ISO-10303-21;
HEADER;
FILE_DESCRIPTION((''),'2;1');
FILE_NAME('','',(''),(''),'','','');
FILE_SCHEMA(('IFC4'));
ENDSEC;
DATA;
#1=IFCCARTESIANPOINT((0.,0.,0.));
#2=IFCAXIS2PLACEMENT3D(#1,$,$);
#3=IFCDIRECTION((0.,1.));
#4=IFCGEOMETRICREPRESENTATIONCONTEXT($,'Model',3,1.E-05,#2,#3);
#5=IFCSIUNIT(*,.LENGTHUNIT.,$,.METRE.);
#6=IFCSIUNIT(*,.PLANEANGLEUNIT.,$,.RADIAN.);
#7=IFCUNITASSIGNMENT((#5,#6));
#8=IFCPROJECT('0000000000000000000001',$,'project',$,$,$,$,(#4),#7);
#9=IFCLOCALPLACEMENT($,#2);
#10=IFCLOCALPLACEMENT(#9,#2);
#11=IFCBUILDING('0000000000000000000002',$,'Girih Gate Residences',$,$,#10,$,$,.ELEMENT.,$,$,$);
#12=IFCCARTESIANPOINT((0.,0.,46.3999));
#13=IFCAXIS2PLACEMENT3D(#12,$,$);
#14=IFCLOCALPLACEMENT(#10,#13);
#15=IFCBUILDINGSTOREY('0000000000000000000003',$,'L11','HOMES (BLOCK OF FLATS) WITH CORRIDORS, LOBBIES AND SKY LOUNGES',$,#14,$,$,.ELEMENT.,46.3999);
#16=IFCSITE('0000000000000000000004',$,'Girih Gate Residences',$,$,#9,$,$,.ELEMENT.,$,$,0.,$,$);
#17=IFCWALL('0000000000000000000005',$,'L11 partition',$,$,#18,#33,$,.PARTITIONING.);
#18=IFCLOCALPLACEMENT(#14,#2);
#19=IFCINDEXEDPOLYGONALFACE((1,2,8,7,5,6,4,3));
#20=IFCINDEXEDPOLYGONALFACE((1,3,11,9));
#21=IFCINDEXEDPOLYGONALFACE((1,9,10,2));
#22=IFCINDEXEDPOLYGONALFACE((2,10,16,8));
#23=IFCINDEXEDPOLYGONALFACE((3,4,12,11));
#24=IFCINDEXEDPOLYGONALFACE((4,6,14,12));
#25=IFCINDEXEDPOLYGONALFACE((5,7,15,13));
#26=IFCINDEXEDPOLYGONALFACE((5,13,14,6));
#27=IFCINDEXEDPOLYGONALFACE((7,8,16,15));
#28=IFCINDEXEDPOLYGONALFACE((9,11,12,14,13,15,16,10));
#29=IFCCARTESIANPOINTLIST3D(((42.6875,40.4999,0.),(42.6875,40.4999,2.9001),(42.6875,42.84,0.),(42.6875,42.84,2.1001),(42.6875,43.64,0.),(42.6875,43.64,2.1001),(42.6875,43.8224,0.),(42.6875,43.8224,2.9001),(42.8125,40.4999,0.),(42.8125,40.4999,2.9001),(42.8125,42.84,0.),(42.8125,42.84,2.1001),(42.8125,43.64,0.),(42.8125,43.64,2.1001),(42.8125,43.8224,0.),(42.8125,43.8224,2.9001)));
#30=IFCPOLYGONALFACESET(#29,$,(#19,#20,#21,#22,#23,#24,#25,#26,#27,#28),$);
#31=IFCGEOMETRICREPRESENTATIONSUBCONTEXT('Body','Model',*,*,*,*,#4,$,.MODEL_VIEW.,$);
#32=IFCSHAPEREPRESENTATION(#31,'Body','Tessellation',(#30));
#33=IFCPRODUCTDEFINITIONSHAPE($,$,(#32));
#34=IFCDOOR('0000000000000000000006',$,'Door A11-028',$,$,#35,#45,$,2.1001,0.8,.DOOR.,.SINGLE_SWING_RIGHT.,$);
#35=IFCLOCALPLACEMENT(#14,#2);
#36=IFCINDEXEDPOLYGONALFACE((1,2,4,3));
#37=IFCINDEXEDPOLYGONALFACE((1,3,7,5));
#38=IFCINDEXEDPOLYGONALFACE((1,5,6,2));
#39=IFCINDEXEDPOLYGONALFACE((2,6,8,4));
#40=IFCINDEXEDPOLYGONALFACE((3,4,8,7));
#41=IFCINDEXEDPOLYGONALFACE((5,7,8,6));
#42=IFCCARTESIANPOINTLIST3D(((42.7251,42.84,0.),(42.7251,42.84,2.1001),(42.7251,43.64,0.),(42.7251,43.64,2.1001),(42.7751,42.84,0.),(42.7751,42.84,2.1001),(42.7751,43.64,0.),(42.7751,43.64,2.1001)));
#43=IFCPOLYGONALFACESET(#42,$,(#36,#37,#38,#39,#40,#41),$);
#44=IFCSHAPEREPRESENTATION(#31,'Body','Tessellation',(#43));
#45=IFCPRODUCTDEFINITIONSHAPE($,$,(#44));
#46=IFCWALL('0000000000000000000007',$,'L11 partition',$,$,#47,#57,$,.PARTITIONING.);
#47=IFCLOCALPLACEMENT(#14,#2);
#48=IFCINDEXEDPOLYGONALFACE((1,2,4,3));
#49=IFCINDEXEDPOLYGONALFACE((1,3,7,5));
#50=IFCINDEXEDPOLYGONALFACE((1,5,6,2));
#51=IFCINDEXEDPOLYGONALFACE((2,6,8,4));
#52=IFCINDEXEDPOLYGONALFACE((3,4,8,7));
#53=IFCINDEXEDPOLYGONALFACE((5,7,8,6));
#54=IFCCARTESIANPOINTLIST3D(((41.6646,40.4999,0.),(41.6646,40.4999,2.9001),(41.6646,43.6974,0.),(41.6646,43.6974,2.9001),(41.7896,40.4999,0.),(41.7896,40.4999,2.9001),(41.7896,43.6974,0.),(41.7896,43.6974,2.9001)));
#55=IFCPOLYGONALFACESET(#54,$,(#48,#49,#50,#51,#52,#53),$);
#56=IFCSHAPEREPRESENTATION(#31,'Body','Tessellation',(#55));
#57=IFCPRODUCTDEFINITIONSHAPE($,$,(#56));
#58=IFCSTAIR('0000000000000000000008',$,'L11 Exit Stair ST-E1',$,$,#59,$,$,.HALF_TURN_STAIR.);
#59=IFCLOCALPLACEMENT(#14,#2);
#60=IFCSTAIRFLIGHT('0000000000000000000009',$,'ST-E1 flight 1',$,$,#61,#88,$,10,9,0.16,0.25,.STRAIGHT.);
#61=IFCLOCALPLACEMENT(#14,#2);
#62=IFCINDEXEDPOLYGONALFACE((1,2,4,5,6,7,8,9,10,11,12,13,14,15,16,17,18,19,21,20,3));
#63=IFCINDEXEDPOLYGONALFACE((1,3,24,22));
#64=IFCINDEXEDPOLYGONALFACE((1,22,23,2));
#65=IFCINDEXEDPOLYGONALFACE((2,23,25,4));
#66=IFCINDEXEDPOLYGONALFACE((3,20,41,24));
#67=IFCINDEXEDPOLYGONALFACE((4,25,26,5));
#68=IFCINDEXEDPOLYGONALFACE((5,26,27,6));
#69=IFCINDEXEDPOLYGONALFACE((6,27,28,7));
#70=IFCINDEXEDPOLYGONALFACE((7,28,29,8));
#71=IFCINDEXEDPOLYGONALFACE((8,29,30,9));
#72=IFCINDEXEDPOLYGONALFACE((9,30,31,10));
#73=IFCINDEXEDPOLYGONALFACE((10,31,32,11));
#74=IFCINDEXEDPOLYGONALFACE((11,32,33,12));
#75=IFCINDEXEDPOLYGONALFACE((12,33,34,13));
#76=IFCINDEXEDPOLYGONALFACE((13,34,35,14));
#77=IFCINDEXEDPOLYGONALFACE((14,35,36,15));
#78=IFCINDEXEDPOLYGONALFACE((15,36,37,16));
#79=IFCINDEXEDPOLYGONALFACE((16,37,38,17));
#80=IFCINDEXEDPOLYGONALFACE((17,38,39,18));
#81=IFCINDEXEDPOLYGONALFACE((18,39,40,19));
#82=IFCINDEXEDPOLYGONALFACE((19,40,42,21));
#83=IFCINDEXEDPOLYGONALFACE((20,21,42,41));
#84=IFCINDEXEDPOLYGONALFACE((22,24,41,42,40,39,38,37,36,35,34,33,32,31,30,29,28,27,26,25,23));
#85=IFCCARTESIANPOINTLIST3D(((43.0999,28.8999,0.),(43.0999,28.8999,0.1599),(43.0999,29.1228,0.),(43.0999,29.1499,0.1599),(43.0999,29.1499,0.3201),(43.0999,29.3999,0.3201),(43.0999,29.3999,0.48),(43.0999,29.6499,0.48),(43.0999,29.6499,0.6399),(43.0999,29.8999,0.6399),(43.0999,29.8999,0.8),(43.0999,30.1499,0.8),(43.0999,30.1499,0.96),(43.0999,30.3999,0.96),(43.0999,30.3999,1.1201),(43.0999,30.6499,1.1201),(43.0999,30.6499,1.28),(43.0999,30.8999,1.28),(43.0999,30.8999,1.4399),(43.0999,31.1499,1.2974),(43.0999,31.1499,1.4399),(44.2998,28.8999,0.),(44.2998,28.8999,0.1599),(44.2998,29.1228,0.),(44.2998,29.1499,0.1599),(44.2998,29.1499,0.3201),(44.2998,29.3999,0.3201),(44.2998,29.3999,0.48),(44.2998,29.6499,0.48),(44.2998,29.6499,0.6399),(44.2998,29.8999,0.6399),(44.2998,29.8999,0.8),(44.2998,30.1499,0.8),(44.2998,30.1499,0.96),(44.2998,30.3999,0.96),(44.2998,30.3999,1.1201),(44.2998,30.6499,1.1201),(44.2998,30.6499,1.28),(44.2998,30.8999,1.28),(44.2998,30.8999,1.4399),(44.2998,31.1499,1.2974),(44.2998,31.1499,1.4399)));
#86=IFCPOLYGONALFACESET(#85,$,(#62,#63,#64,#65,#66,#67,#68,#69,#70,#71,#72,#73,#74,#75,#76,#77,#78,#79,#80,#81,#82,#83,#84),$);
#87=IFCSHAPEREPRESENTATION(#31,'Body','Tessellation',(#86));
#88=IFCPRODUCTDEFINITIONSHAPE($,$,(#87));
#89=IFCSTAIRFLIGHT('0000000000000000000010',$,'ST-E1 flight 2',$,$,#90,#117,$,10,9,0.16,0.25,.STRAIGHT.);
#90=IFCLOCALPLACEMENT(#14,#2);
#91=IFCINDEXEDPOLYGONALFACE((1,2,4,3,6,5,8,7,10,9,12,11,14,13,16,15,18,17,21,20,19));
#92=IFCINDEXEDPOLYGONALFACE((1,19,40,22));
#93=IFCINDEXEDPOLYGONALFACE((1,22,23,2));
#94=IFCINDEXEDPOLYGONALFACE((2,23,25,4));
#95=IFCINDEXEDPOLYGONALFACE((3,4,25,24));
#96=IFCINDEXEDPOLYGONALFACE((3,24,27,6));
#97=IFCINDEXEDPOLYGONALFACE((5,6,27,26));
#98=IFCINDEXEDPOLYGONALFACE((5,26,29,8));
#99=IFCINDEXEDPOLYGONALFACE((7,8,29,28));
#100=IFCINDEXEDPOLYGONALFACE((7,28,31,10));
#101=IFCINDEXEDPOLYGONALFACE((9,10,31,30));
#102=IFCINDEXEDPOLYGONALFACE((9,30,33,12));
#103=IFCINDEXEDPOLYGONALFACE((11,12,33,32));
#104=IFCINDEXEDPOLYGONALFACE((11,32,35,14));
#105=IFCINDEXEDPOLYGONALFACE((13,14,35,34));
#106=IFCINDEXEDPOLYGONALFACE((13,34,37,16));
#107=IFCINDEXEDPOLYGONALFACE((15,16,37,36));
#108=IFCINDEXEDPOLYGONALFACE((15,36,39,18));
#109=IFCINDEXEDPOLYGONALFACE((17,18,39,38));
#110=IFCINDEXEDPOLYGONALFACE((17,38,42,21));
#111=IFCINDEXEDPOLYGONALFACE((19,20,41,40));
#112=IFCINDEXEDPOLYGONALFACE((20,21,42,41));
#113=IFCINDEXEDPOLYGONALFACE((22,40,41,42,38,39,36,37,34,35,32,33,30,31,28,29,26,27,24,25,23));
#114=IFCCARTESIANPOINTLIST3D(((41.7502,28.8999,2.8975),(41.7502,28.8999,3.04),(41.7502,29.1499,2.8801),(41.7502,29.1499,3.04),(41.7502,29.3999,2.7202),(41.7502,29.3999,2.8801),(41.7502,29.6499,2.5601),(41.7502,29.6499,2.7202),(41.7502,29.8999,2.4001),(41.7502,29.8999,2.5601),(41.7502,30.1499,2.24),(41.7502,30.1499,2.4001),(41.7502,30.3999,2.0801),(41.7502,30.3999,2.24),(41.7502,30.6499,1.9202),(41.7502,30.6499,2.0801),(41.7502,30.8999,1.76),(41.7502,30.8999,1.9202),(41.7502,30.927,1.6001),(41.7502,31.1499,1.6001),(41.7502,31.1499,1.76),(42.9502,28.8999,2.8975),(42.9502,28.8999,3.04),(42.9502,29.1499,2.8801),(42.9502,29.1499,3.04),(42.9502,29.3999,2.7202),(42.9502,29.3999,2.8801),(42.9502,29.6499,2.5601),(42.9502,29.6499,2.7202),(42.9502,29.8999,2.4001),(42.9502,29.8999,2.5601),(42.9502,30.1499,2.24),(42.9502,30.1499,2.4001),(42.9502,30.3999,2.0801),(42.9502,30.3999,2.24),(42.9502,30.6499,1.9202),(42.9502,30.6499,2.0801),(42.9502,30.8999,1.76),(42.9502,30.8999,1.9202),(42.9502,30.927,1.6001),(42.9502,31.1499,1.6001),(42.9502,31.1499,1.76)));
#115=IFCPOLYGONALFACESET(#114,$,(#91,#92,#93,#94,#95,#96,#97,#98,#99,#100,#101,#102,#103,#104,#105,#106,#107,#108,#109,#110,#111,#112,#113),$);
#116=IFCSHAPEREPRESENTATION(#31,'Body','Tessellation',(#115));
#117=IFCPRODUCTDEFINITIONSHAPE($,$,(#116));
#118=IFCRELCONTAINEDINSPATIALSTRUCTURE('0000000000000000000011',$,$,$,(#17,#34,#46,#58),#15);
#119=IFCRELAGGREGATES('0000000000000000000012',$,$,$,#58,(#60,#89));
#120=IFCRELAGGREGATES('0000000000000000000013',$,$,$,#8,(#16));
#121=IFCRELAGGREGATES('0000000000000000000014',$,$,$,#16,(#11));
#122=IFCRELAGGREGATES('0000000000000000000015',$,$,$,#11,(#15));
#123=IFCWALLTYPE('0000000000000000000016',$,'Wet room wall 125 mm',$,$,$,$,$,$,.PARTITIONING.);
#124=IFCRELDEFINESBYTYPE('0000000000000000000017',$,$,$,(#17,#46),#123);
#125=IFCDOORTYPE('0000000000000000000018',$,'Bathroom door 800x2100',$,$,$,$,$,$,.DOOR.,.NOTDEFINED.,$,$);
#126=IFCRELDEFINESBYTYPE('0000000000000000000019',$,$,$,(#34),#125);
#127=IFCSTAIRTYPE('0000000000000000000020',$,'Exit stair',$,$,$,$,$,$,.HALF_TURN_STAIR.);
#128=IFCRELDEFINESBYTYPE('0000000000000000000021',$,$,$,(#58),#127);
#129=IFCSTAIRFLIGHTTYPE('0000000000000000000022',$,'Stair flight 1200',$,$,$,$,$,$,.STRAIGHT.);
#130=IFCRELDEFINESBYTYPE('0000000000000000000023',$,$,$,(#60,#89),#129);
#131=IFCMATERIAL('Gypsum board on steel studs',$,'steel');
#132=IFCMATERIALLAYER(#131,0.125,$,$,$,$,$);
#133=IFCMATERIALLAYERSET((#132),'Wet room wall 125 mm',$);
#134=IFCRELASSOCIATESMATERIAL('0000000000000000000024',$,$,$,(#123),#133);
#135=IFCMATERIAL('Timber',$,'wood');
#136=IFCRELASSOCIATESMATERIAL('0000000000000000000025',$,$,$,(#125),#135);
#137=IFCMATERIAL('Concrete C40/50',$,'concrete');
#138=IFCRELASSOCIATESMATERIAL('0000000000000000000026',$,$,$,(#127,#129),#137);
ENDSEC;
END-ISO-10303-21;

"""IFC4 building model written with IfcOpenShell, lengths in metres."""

from ifc_helpers import new_model, si_unit, direction, frame, frame_2d, origin, place, context, subcontext, project, spatial, polyline, rectangle, outline, extrude, material, layer, layer_set, type_object, element, fill, aggregate, save


model = new_model("IFC4")

# Units and contexts
model_context = context("Model", 3, precision=1e-05, world=origin(), true_north=direction((0.0, 1.0)))
body_context = subcontext(model_context, "Body", "Model", "MODEL_VIEW")
ifc_project = project(units=[si_unit("LENGTHUNIT", "METRE"), si_unit("PLANEANGLEUNIT", "RADIAN")], contexts=[model_context])

# Site, building, storey
site_placement = place(None, origin())
site = spatial("IfcSite", under=ifc_project, at=site_placement, Name="Girih Gate Residences", CompositionType="ELEMENT", RefElevation=0.0)
building_placement = place(site_placement, origin())
building = spatial("IfcBuilding", under=site, at=building_placement, Name="Girih Gate Residences", CompositionType="ELEMENT")
storey_placement = place(building_placement, frame((0.0, 0.0, 46.3999)))
storey = spatial("IfcBuildingStorey", under=building, at=storey_placement, Name="L11", Description="HOMES (BLOCK OF FLATS) WITH CORRIDORS, LOBBIES AND SKY LOUNGES", CompositionType="ELEMENT", Elevation=46.3999)

# Shared definitions
ifc_material_1 = material(Name="Gypsum board on steel studs", Category="steel")

# Shared definitions
ifc_material_2 = material(Name="Concrete C40/50", Category="concrete")

# Wall, opening, door
ifc_layer_1 = layer(ifc_material_1, 0.125)
ifc_layer_set_1 = layer_set([ifc_layer_1], Name="Wet room wall 125 mm")
wall_type_1 = type_object("IfcWallType", Name="Wet room wall 125 mm", PredefinedType="PARTITIONING", material=ifc_layer_set_1)
wall_1_placement = place(storey_placement, frame((42.75, 40.5, 0.0), z_axis=(0.0, 0.0, 1.0), x_axis=(0.0, 1.0, 0.0)))
wall_1 = element("IfcWall", 1, at=wall_1_placement, inside=storey, type_object=wall_type_1, Name="L11 partition", PredefinedType="PARTITIONING", context=body_context, shape_type="SweptSolid", body=[
    extrude(rectangle(XDim=3.3225, YDim=0.125, at=frame_2d((1.6611, 0.0))), origin(), (0.0, 0.0, 1.0), 2.9001),
])
opening_1_placement = place(wall_1_placement, frame((2.3401, 0.0, 0.0)))
opening_1 = element("IfcOpeningElement", 2, at=opening_1_placement, cuts=wall_1, PredefinedType="OPENING", context=body_context, shape_type="SweptSolid", body=[
    extrude(rectangle(XDim=0.8, YDim=2.1001, at=frame_2d((0.3999, 1.05))), frame((0.0, 0.0725, 0.0), z_axis=(0.0, -1.0, 0.0), x_axis=(1.0, 0.0, 0.0)), (0.0, 0.0, 1.0), 0.145),
])
ifc_material_3 = material(Name="Timber", Category="wood")
door_type_1 = type_object("IfcDoorType", Name="Bathroom door 800x2100", OperationType="NOTDEFINED", PredefinedType="DOOR", material=ifc_material_3)
door_1_placement = place(opening_1_placement, origin())
door_1 = element("IfcDoor", 3, at=door_1_placement, inside=storey, type_object=door_type_1, Name="Door A11-028", OperationType="SINGLE_SWING_RIGHT", OverallHeight=2.1001, OverallWidth=0.8, PredefinedType="DOOR", context=body_context, shape_type="SweptSolid", body=[
    extrude(rectangle(XDim=0.8, YDim=2.1001, at=frame_2d((0.3999, 1.05))), frame((0.0, 0.0249, 0.0), z_axis=(0.0, -1.0, 0.0), x_axis=(1.0, 0.0, 0.0)), (0.0, 0.0, 1.0), 0.05),
])
fill(opening_1, door_1)

# Wall
wall_2_placement = place(storey_placement, frame((41.7271, 40.5, 0.0), z_axis=(0.0, 0.0, 1.0), x_axis=(0.0, 1.0, 0.0)))
element("IfcWall", 4, at=wall_2_placement, inside=storey, type_object=wall_type_1, Name="L11 partition", PredefinedType="PARTITIONING", context=body_context, shape_type="SweptSolid", body=[
    extrude(rectangle(XDim=3.1975, YDim=0.125, at=frame_2d((1.5986, 0.0))), origin(), (0.0, 0.0, 1.0), 2.9001),
])

# Stair, stair flights
stair_type = type_object("IfcStairType", Name="Exit stair", PredefinedType="HALF_TURN_STAIR", material=ifc_material_2)
stair_placement = place(storey_placement, origin())
stair = element("IfcStair", 5, at=stair_placement, inside=storey, type_object=stair_type, Name="L11 Exit Stair ST-E1", PredefinedType="HALF_TURN_STAIR")
stair_flight_type = type_object("IfcStairFlightType", Name="Stair flight 1200", PredefinedType="STRAIGHT", material=ifc_material_2)
stair_flight_1_placement = place(storey_placement, frame((43.7, 28.8999, 0.0), z_axis=(0.0, 0.0, 1.0), x_axis=(0.0, 1.0, 0.0)))
stair_flight_1 = element("IfcStairFlight", 6, at=stair_flight_1_placement, type_object=stair_flight_type, Name="ST-E1 flight 1", NumberOfRisers=10, NumberOfTreads=9, PredefinedType="STRAIGHT", RiserHeight=0.16, TreadLength=0.25, context=body_context, shape_type="SweptSolid", body=[
    extrude(outline(polyline([(0.0, 0.0), (0.0, 0.1599), (0.25, 0.1599), (0.25, 0.3201), (0.5, 0.3201), (0.5, 0.48), (0.75, 0.48), (0.75, 0.6399), (1.0, 0.6399), (1.0, 0.8), (1.25, 0.8), (1.25, 0.96), (1.5, 0.96), (1.5, 1.1201), (1.75, 1.1201), (1.75, 1.28), (2.0, 1.28), (2.0, 1.4399), (2.25, 1.4399), (2.25, 1.6001), (2.25, 1.2974), (0.2229, 0.0), (0.0, 0.0)])), frame((0.0, 0.6001, 0.0), z_axis=(0.0, -1.0, 0.0), x_axis=(1.0, 0.0, 0.0)), (0.0, 0.0, 1.0), 1.2),
])
stair_flight_2_placement = place(storey_placement, frame((42.3501, 31.1499, 1.6001), z_axis=(0.0, 0.0, 1.0), x_axis=(0.0, -1.0, 0.0)))
stair_flight_2 = element("IfcStairFlight", 7, at=stair_flight_2_placement, type_object=stair_flight_type, Name="ST-E1 flight 2", NumberOfRisers=10, NumberOfTreads=9, PredefinedType="STRAIGHT", RiserHeight=0.16, TreadLength=0.25, context=body_context, shape_type="SweptSolid", body=[
    extrude(outline(polyline([(0.0, 0.0), (0.0, 0.1599), (0.25, 0.1599), (0.25, 0.3201), (0.5, 0.3201), (0.5, 0.48), (0.75, 0.48), (0.75, 0.6399), (1.0, 0.6399), (1.0, 0.8), (1.25, 0.8), (1.25, 0.96), (1.5, 0.96), (1.5, 1.1201), (1.75, 1.1201), (1.75, 1.28), (2.0, 1.28), (2.0, 1.4399), (2.25, 1.4399), (2.25, 1.6001), (2.25, 1.2974), (0.2229, 0.0), (0.0, 0.0)])), frame((0.0, 0.6001, 0.0), z_axis=(0.0, -1.0, 0.0), x_axis=(1.0, 0.0, 0.0)), (0.0, 0.0, 1.0), 1.2),
])
aggregate(stair, [stair_flight_1, stair_flight_2])

save(model, "model.ifc")
